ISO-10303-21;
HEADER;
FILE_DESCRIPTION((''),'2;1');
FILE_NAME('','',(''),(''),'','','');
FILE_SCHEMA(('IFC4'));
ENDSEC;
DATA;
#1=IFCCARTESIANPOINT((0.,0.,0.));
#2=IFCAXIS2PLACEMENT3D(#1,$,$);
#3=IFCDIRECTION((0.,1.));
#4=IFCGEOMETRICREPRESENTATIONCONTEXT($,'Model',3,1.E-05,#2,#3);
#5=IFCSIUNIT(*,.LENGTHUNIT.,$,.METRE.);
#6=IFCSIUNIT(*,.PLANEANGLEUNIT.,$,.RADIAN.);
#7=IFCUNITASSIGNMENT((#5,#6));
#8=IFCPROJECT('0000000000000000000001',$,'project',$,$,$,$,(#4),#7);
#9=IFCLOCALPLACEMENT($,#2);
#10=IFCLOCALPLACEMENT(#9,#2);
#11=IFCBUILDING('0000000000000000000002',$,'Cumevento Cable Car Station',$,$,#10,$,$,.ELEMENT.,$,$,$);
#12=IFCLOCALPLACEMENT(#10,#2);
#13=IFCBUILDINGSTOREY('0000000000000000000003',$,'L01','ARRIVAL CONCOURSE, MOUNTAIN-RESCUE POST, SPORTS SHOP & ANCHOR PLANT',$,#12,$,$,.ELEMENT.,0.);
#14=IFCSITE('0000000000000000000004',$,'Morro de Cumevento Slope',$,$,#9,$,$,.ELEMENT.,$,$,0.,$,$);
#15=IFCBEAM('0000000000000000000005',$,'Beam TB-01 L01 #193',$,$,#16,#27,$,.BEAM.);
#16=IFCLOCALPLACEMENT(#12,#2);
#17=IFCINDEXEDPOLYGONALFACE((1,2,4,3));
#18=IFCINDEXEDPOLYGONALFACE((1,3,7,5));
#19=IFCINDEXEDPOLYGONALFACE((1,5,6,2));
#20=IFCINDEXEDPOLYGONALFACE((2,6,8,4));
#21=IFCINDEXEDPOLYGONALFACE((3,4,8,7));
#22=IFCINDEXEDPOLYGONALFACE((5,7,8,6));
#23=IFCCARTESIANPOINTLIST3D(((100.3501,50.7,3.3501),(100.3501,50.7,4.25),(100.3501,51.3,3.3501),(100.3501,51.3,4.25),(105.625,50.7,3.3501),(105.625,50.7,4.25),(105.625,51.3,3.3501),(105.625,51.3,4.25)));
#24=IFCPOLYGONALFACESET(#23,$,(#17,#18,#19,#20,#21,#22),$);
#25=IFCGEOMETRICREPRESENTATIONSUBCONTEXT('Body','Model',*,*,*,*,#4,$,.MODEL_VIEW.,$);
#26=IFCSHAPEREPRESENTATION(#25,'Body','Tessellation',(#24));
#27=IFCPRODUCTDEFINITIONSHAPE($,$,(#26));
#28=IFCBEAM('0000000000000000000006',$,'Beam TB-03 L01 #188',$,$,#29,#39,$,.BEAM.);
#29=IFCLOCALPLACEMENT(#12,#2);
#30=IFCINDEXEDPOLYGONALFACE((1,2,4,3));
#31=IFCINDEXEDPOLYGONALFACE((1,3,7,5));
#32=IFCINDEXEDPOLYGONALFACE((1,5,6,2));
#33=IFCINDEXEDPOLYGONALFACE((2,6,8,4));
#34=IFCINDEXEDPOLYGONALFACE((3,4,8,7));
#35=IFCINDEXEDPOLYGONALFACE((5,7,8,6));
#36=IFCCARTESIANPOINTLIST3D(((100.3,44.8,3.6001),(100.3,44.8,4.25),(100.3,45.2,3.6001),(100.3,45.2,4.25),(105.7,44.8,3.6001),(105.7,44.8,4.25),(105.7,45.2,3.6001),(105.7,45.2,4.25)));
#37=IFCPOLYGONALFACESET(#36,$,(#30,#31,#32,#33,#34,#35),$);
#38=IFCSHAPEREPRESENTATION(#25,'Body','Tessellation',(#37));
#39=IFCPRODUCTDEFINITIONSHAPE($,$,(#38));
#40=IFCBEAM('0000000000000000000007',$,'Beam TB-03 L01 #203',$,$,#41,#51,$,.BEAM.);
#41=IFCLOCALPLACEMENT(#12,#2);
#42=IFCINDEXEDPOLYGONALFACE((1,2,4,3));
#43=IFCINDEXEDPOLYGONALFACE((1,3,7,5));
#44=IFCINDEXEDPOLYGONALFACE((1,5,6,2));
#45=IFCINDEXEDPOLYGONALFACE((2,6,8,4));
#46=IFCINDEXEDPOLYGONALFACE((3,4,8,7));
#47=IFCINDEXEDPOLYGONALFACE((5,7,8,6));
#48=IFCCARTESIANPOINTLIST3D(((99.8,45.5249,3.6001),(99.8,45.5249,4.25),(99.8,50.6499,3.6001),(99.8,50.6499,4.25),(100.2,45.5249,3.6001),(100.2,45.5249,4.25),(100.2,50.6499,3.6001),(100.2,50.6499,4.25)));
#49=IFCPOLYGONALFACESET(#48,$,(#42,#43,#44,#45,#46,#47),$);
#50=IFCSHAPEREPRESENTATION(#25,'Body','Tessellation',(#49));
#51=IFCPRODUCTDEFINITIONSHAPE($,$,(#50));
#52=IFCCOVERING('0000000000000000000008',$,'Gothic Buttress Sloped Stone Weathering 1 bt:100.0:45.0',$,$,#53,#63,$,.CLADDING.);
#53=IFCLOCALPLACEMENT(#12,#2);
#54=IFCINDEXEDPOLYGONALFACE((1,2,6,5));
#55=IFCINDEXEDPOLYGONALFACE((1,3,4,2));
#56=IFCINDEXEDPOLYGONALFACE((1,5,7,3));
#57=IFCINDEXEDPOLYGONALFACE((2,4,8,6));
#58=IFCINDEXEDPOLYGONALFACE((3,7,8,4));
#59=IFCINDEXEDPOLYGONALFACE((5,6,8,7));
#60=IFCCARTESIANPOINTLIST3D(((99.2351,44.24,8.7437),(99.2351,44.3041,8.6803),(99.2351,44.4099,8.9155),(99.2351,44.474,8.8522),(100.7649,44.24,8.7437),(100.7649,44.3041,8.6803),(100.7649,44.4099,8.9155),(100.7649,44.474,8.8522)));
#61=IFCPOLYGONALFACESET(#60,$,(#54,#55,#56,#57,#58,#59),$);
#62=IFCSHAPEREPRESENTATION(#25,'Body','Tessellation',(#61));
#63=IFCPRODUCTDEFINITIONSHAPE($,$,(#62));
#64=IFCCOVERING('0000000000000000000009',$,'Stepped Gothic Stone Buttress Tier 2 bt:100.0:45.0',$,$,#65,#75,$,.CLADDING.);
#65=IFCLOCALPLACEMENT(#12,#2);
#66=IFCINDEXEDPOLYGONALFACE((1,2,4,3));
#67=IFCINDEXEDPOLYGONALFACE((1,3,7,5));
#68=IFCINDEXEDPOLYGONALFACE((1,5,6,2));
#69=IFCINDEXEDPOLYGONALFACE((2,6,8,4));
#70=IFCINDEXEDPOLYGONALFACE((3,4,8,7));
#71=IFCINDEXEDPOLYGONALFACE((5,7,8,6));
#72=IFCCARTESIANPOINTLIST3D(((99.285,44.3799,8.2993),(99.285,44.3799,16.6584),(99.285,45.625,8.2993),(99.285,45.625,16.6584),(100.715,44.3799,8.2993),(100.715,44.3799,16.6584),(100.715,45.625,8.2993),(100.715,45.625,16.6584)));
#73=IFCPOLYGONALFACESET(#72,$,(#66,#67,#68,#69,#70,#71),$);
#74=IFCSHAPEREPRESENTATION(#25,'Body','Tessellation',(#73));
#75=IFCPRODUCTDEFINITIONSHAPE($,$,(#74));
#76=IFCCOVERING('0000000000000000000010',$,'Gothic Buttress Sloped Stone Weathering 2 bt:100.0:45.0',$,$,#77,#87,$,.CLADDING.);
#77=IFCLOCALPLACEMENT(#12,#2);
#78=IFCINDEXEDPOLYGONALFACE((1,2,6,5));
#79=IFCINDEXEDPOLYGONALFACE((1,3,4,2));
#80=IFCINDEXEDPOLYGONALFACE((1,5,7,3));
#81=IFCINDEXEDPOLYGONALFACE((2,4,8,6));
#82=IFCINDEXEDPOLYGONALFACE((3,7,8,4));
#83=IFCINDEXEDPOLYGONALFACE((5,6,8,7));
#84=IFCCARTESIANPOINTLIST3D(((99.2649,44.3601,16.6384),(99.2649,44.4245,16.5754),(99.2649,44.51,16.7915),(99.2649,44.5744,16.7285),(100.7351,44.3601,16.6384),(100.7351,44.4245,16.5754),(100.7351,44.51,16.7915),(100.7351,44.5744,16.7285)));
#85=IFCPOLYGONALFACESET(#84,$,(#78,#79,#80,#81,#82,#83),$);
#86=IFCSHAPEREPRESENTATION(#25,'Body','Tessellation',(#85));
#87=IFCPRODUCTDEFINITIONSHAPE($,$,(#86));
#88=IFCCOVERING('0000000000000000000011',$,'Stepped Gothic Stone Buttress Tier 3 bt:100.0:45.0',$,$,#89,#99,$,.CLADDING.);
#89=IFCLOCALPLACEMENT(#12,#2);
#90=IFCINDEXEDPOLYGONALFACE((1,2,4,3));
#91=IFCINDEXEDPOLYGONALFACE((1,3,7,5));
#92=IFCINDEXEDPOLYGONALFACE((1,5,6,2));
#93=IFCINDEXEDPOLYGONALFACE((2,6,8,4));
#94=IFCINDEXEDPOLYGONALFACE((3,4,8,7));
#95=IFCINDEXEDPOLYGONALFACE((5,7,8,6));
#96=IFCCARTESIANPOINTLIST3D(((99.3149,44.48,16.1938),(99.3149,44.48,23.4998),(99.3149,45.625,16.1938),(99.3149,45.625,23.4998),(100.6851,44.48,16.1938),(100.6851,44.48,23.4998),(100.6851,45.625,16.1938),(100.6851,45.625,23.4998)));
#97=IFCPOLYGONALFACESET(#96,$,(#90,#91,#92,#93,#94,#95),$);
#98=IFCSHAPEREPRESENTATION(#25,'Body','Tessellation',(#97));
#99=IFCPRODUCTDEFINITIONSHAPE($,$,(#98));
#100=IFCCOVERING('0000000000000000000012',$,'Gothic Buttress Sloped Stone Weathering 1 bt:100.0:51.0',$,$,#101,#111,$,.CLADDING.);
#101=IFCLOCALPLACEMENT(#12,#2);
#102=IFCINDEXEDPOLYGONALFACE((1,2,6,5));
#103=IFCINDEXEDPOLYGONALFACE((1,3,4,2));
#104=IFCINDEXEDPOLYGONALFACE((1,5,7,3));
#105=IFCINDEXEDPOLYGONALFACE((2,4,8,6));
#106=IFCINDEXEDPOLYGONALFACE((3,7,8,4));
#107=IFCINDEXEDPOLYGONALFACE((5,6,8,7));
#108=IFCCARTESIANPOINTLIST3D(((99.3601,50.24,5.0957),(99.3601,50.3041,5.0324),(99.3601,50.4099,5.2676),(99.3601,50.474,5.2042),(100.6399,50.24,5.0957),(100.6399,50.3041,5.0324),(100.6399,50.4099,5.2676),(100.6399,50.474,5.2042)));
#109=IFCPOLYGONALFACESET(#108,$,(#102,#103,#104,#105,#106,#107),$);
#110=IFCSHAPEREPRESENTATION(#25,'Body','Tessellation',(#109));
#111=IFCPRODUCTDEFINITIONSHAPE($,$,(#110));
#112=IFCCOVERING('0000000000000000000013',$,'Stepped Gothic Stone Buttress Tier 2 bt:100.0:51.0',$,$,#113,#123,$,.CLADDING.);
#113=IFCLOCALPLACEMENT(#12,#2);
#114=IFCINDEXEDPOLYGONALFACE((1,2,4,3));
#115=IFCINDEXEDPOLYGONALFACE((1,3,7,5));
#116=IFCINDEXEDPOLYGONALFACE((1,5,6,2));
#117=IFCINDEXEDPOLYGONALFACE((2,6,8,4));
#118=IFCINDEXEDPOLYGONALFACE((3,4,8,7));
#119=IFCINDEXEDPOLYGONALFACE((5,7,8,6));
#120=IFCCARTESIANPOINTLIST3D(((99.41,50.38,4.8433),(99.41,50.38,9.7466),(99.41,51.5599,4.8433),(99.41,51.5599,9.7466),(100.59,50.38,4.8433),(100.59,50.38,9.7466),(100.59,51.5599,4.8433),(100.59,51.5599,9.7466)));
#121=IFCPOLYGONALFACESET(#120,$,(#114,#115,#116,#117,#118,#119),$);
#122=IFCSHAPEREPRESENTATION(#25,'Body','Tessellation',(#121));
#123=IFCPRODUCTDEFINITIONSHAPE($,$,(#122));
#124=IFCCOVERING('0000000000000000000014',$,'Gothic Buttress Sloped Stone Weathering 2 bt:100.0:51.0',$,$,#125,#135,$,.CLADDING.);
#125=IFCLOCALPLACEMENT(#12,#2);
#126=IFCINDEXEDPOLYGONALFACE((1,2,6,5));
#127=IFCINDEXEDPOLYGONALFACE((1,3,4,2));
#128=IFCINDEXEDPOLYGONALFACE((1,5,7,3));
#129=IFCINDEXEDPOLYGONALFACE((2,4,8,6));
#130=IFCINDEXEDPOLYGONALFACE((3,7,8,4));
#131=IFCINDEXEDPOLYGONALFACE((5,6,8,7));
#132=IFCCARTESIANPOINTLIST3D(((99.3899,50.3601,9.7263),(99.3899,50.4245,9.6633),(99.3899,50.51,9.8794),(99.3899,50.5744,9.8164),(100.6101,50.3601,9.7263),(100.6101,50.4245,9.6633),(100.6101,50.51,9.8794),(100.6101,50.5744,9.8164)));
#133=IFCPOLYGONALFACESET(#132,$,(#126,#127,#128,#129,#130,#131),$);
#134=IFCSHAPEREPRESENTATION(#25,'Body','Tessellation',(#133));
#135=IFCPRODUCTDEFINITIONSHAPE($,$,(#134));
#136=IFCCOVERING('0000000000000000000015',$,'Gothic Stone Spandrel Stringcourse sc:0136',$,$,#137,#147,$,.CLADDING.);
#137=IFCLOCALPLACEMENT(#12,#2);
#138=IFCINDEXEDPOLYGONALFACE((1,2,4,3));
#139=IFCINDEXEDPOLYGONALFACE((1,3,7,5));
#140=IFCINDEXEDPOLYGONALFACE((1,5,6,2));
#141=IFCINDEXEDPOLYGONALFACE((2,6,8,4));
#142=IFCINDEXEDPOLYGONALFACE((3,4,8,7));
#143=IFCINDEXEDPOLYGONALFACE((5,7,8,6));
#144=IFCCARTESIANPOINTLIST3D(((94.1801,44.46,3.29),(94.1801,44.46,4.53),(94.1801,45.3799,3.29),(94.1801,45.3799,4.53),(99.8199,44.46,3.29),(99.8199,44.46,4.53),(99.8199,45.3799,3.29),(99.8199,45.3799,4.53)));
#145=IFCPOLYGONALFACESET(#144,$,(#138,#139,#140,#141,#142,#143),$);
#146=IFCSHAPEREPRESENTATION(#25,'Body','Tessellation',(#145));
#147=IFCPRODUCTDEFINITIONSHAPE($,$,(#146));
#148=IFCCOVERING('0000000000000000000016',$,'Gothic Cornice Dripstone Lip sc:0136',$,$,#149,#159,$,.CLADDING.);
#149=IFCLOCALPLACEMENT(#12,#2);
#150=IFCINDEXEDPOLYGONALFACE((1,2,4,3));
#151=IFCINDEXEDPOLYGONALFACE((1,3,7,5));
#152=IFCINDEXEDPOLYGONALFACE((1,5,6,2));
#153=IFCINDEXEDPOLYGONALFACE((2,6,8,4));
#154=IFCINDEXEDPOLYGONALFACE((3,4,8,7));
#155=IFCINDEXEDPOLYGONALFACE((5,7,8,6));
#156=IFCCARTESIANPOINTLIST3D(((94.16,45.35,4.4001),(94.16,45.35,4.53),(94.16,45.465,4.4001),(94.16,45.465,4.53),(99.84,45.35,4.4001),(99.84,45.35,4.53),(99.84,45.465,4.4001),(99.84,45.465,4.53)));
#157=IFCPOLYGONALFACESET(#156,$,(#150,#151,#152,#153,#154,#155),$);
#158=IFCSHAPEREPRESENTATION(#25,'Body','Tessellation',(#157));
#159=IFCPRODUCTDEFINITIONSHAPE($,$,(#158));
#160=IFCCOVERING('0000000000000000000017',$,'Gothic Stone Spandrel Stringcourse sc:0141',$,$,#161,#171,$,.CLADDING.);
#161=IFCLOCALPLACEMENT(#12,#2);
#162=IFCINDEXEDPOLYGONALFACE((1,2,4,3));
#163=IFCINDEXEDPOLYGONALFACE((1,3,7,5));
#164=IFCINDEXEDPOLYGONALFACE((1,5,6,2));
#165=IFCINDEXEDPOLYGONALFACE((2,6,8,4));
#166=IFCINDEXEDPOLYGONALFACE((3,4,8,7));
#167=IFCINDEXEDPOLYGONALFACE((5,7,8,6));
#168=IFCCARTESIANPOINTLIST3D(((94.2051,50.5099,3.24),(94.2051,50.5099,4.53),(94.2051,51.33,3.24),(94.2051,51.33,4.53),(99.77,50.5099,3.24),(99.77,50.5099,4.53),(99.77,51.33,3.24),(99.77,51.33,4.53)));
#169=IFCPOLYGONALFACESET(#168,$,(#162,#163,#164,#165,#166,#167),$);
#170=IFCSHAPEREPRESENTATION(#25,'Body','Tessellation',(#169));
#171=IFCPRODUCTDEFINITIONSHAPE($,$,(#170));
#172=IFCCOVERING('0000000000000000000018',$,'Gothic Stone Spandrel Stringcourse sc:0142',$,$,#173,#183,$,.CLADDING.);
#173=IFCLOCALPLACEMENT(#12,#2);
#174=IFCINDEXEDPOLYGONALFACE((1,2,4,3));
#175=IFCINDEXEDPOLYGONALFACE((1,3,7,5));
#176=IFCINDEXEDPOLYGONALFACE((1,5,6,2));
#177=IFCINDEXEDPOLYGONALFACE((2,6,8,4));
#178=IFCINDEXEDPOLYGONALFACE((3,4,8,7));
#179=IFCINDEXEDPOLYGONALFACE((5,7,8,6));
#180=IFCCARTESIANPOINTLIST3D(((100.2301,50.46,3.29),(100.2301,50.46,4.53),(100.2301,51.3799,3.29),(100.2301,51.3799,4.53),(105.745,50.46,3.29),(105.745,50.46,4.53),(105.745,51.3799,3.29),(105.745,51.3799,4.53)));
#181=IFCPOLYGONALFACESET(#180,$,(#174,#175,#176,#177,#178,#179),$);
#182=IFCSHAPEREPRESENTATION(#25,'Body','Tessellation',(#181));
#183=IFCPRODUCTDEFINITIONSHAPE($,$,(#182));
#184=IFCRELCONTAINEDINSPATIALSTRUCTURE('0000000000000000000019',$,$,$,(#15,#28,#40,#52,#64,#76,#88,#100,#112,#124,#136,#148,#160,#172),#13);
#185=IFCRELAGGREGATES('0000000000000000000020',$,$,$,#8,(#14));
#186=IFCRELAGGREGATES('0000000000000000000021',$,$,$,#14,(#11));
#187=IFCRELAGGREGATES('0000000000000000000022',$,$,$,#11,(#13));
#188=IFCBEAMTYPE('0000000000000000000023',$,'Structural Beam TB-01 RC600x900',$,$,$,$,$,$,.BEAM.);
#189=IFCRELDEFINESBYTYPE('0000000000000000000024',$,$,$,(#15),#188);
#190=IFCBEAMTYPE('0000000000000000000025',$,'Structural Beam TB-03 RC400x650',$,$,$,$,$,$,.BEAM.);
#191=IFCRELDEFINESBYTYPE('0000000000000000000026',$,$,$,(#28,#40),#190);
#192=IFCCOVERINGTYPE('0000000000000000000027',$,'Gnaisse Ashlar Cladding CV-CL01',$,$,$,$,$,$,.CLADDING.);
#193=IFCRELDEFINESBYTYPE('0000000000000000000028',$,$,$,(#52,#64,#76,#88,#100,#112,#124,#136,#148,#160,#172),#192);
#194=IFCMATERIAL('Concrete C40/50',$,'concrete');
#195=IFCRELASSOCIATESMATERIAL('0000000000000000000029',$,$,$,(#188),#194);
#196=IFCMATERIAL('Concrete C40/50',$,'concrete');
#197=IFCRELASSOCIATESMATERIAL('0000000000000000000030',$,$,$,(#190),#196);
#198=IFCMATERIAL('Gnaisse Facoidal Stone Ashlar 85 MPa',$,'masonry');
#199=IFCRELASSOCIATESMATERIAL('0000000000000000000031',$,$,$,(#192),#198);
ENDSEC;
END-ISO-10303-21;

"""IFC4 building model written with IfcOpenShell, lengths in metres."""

from ifc_helpers import new_model, si_unit, direction, frame, origin, origin_2d, place, context, subcontext, project, spatial, polyline, rectangle, outline, extrude, material, material_profile, profile_set, type_object, element, save


model = new_model("IFC4")

# Units and contexts
model_context = context("Model", 3, precision=1e-05, world=origin(), true_north=direction((0.0, 1.0)))
body_context = subcontext(model_context, "Body", "Model", "MODEL_VIEW")
ifc_project = project(units=[si_unit("LENGTHUNIT", "METRE"), si_unit("PLANEANGLEUNIT", "RADIAN")], contexts=[model_context])

# Site, building, storey
site_placement = place(None, origin())
site = spatial("IfcSite", under=ifc_project, at=site_placement, Name="Morro de Cumevento Slope", CompositionType="ELEMENT", RefElevation=0.0)
building_placement = place(site_placement, origin())
building = spatial("IfcBuilding", under=site, at=building_placement, Name="Cumevento Cable Car Station", CompositionType="ELEMENT")
storey_placement = place(building_placement, origin())
storey = spatial("IfcBuildingStorey", under=building, at=storey_placement, Name="L01", Description="ARRIVAL CONCOURSE, MOUNTAIN-RESCUE POST, SPORTS SHOP & ANCHOR PLANT", CompositionType="ELEMENT", Elevation=0.0)

# Beams
ifc_material_1 = material(Name="Concrete C40/50", Category="concrete")
ifc_material_profile_1 = material_profile(ifc_material_1, rectangle(XDim=0.6001, YDim=0.8999, at=origin_2d()), Name="RC600x900")
ifc_profile_set_1 = profile_set([ifc_material_profile_1], Name="Concrete C40/50")
beam_type_1 = type_object("IfcBeamType", Name="Structural Beam TB-01 RC600x900", PredefinedType="BEAM", material=ifc_profile_set_1)
beam_1_placement = place(storey_placement, frame((100.3501, 51.0, 3.8), z_axis=(1.0, 0.0, 0.0), x_axis=(0.0, 1.0, 0.0)))
element("IfcBeam", 1, at=beam_1_placement, inside=storey, type_object=beam_type_1, Name="Beam TB-01 L01 #193", PredefinedType="BEAM", context=body_context, shape_type="SweptSolid", body=[
    extrude(rectangle(XDim=0.6001, YDim=0.8999, at=origin_2d()), origin(), (0.0, 0.0, 1.0), 5.2749),
])
ifc_material_2 = material(Name="Concrete C40/50", Category="concrete")
ifc_material_profile_2 = material_profile(ifc_material_2, rectangle(XDim=0.3999, YDim=0.6499, at=origin_2d()), Name="RC400x650")
ifc_profile_set_2 = profile_set([ifc_material_profile_2], Name="Concrete C40/50")
beam_type_2 = type_object("IfcBeamType", Name="Structural Beam TB-03 RC400x650", PredefinedType="BEAM", material=ifc_profile_set_2)
beam_2_placement = place(storey_placement, frame((100.3, 45.0, 3.925), z_axis=(1.0, 0.0, 0.0), x_axis=(0.0, 1.0, 0.0)))
element("IfcBeam", 2, at=beam_2_placement, inside=storey, type_object=beam_type_2, Name="Beam TB-03 L01 #188", PredefinedType="BEAM", context=body_context, shape_type="SweptSolid", body=[
    extrude(rectangle(XDim=0.3999, YDim=0.6499, at=origin_2d()), origin(), (0.0, 0.0, 1.0), 5.3999),
])
beam_3_placement = place(storey_placement, frame((100.0, 45.5249, 3.925), z_axis=(0.0, 1.0, 0.0), x_axis=(-1.0, 0.0, 0.0)))
element("IfcBeam", 3, at=beam_3_placement, inside=storey, type_object=beam_type_2, Name="Beam TB-03 L01 #203", PredefinedType="BEAM", context=body_context, shape_type="SweptSolid", body=[
    extrude(rectangle(XDim=0.3999, YDim=0.6499, at=origin_2d()), origin(), (0.0, 0.0, 1.0), 5.125),
])

# Coverings
ifc_material_3 = material(Name="Gnaisse Facoidal Stone Ashlar 85 MPa", Category="masonry")
covering_type = type_object("IfcCoveringType", Name="Gnaisse Ashlar Cladding CV-CL01", PredefinedType="CLADDING", material=ifc_material_3)
covering_1_placement = place(storey_placement, frame((99.2351, 44.24, 8.7437), z_axis=(0.0, -0.711136, 0.703055), x_axis=(1.0, 0.0, 0.0)))
element("IfcCovering", 4, at=covering_1_placement, inside=storey, type_object=covering_type, Name="Gothic Buttress Sloped Stone Weathering 1 bt:100.0:45.0", PredefinedType="CLADDING", context=body_context, shape_type="SweptSolid", body=[
    extrude(outline(polyline([(0.0, 0.0), (1.5298, 0.0), (1.5298, 0.2417), (0.0, 0.2417), (0.0, 0.0)])), origin(), (0.0, 0.0, -1.0), 0.0901),
])
covering_2_placement = place(storey_placement, frame((100.0, 45.0024, 8.2993), z_axis=(0.0, 0.0, 1.0), x_axis=(1.0, 0.0, 0.0)))
element("IfcCovering", 5, at=covering_2_placement, inside=storey, type_object=covering_type, Name="Stepped Gothic Stone Buttress Tier 2 bt:100.0:45.0", PredefinedType="CLADDING", context=body_context, shape_type="SweptSolid", body=[
    extrude(rectangle(XDim=1.4299, YDim=1.2451, at=origin_2d()), origin(), (0.0, 0.0, 1.0), 8.3591),
])
covering_3_placement = place(storey_placement, frame((99.2649, 44.3601, 16.6384), z_axis=(0.0, -0.714475, 0.699661), x_axis=(1.0, 0.0, 0.0)))
element("IfcCovering", 6, at=covering_3_placement, inside=storey, type_object=covering_type, Name="Gothic Buttress Sloped Stone Weathering 2 bt:100.0:45.0", PredefinedType="CLADDING", context=body_context, shape_type="SweptSolid", body=[
    extrude(outline(polyline([(0.0, 0.0), (1.4702, 0.0), (1.4702, 0.2142), (0.0, 0.2142), (0.0, 0.0)])), origin(), (0.0, 0.0, -1.0), 0.0901),
])
covering_4_placement = place(storey_placement, frame((100.0, 45.0525, 16.1938), z_axis=(0.0, 0.0, 1.0), x_axis=(1.0, 0.0, 0.0)))
element("IfcCovering", 7, at=covering_4_placement, inside=storey, type_object=covering_type, Name="Stepped Gothic Stone Buttress Tier 3 bt:100.0:45.0", PredefinedType="CLADDING", context=body_context, shape_type="SweptSolid", body=[
    extrude(rectangle(XDim=1.3701, YDim=1.145, at=origin_2d()), origin(), (0.0, 0.0, 1.0), 7.3059),
])
covering_5_placement = place(storey_placement, frame((99.3601, 50.24, 5.0957), z_axis=(0.0, -0.711136, 0.703055), x_axis=(1.0, 0.0, 0.0)))
element("IfcCovering", 8, at=covering_5_placement, inside=storey, type_object=covering_type, Name="Gothic Buttress Sloped Stone Weathering 1 bt:100.0:51.0", PredefinedType="CLADDING", context=body_context, shape_type="SweptSolid", body=[
    extrude(outline(polyline([(0.0, 0.0), (1.2798, 0.0), (1.2798, 0.2417), (0.0, 0.2417), (0.0, 0.0)])), origin(), (0.0, 0.0, -1.0), 0.0901),
])
covering_6_placement = place(storey_placement, frame((100.0, 50.97, 4.8433), z_axis=(0.0, 0.0, 1.0), x_axis=(1.0, 0.0, 0.0)))
element("IfcCovering", 9, at=covering_6_placement, inside=storey, type_object=covering_type, Name="Stepped Gothic Stone Buttress Tier 2 bt:100.0:51.0", PredefinedType="CLADDING", context=body_context, shape_type="SweptSolid", body=[
    extrude(rectangle(XDim=1.1799, YDim=1.1799, at=origin_2d()), origin(), (0.0, 0.0, 1.0), 4.9033),
])
covering_7_placement = place(storey_placement, frame((99.3899, 50.3601, 9.7263), z_axis=(0.0, -0.714475, 0.699661), x_axis=(1.0, 0.0, 0.0)))
element("IfcCovering", 10, at=covering_7_placement, inside=storey, type_object=covering_type, Name="Gothic Buttress Sloped Stone Weathering 2 bt:100.0:51.0", PredefinedType="CLADDING", context=body_context, shape_type="SweptSolid", body=[
    extrude(outline(polyline([(0.0, 0.0), (1.2202, 0.0), (1.2202, 0.2142), (0.0, 0.2142), (0.0, 0.0)])), origin(), (0.0, 0.0, -1.0), 0.0901),
])
covering_8_placement = place(storey_placement, frame((97.0, 44.9199, 3.29), z_axis=(0.0, 0.0, 1.0), x_axis=(1.0, 0.0, 0.0)))
element("IfcCovering", 11, at=covering_8_placement, inside=storey, type_object=covering_type, Name="Gothic Stone Spandrel Stringcourse sc:0136", PredefinedType="CLADDING", context=body_context, shape_type="SweptSolid", body=[
    extrude(rectangle(XDim=5.6399, YDim=0.9199, at=origin_2d()), origin(), (0.0, 0.0, 1.0), 1.24),
])
covering_9_placement = place(storey_placement, frame((97.0, 45.4075, 4.4001), z_axis=(0.0, 0.0, 1.0), x_axis=(1.0, 0.0, 0.0)))
element("IfcCovering", 12, at=covering_9_placement, inside=storey, type_object=covering_type, Name="Gothic Cornice Dripstone Lip sc:0136", PredefinedType="CLADDING", context=body_context, shape_type="SweptSolid", body=[
    extrude(rectangle(XDim=5.6799, YDim=0.115, at=origin_2d()), origin(), (0.0, 0.0, 1.0), 0.1299),
])
covering_10_placement = place(storey_placement, frame((96.9875, 50.9199, 3.24), z_axis=(0.0, 0.0, 1.0), x_axis=(1.0, 0.0, 0.0)))
element("IfcCovering", 13, at=covering_10_placement, inside=storey, type_object=covering_type, Name="Gothic Stone Spandrel Stringcourse sc:0141", PredefinedType="CLADDING", context=body_context, shape_type="SweptSolid", body=[
    extrude(rectangle(XDim=5.5649, YDim=0.8201, at=origin_2d()), origin(), (0.0, 0.0, 1.0), 1.29),
])
covering_11_placement = place(storey_placement, frame((102.9875, 50.9199, 3.29), z_axis=(0.0, 0.0, 1.0), x_axis=(1.0, 0.0, 0.0)))
element("IfcCovering", 14, at=covering_11_placement, inside=storey, type_object=covering_type, Name="Gothic Stone Spandrel Stringcourse sc:0142", PredefinedType="CLADDING", context=body_context, shape_type="SweptSolid", body=[
    extrude(rectangle(XDim=5.5149, YDim=0.9199, at=origin_2d()), origin(), (0.0, 0.0, 1.0), 1.24),
])

save(model, "model.ifc")
